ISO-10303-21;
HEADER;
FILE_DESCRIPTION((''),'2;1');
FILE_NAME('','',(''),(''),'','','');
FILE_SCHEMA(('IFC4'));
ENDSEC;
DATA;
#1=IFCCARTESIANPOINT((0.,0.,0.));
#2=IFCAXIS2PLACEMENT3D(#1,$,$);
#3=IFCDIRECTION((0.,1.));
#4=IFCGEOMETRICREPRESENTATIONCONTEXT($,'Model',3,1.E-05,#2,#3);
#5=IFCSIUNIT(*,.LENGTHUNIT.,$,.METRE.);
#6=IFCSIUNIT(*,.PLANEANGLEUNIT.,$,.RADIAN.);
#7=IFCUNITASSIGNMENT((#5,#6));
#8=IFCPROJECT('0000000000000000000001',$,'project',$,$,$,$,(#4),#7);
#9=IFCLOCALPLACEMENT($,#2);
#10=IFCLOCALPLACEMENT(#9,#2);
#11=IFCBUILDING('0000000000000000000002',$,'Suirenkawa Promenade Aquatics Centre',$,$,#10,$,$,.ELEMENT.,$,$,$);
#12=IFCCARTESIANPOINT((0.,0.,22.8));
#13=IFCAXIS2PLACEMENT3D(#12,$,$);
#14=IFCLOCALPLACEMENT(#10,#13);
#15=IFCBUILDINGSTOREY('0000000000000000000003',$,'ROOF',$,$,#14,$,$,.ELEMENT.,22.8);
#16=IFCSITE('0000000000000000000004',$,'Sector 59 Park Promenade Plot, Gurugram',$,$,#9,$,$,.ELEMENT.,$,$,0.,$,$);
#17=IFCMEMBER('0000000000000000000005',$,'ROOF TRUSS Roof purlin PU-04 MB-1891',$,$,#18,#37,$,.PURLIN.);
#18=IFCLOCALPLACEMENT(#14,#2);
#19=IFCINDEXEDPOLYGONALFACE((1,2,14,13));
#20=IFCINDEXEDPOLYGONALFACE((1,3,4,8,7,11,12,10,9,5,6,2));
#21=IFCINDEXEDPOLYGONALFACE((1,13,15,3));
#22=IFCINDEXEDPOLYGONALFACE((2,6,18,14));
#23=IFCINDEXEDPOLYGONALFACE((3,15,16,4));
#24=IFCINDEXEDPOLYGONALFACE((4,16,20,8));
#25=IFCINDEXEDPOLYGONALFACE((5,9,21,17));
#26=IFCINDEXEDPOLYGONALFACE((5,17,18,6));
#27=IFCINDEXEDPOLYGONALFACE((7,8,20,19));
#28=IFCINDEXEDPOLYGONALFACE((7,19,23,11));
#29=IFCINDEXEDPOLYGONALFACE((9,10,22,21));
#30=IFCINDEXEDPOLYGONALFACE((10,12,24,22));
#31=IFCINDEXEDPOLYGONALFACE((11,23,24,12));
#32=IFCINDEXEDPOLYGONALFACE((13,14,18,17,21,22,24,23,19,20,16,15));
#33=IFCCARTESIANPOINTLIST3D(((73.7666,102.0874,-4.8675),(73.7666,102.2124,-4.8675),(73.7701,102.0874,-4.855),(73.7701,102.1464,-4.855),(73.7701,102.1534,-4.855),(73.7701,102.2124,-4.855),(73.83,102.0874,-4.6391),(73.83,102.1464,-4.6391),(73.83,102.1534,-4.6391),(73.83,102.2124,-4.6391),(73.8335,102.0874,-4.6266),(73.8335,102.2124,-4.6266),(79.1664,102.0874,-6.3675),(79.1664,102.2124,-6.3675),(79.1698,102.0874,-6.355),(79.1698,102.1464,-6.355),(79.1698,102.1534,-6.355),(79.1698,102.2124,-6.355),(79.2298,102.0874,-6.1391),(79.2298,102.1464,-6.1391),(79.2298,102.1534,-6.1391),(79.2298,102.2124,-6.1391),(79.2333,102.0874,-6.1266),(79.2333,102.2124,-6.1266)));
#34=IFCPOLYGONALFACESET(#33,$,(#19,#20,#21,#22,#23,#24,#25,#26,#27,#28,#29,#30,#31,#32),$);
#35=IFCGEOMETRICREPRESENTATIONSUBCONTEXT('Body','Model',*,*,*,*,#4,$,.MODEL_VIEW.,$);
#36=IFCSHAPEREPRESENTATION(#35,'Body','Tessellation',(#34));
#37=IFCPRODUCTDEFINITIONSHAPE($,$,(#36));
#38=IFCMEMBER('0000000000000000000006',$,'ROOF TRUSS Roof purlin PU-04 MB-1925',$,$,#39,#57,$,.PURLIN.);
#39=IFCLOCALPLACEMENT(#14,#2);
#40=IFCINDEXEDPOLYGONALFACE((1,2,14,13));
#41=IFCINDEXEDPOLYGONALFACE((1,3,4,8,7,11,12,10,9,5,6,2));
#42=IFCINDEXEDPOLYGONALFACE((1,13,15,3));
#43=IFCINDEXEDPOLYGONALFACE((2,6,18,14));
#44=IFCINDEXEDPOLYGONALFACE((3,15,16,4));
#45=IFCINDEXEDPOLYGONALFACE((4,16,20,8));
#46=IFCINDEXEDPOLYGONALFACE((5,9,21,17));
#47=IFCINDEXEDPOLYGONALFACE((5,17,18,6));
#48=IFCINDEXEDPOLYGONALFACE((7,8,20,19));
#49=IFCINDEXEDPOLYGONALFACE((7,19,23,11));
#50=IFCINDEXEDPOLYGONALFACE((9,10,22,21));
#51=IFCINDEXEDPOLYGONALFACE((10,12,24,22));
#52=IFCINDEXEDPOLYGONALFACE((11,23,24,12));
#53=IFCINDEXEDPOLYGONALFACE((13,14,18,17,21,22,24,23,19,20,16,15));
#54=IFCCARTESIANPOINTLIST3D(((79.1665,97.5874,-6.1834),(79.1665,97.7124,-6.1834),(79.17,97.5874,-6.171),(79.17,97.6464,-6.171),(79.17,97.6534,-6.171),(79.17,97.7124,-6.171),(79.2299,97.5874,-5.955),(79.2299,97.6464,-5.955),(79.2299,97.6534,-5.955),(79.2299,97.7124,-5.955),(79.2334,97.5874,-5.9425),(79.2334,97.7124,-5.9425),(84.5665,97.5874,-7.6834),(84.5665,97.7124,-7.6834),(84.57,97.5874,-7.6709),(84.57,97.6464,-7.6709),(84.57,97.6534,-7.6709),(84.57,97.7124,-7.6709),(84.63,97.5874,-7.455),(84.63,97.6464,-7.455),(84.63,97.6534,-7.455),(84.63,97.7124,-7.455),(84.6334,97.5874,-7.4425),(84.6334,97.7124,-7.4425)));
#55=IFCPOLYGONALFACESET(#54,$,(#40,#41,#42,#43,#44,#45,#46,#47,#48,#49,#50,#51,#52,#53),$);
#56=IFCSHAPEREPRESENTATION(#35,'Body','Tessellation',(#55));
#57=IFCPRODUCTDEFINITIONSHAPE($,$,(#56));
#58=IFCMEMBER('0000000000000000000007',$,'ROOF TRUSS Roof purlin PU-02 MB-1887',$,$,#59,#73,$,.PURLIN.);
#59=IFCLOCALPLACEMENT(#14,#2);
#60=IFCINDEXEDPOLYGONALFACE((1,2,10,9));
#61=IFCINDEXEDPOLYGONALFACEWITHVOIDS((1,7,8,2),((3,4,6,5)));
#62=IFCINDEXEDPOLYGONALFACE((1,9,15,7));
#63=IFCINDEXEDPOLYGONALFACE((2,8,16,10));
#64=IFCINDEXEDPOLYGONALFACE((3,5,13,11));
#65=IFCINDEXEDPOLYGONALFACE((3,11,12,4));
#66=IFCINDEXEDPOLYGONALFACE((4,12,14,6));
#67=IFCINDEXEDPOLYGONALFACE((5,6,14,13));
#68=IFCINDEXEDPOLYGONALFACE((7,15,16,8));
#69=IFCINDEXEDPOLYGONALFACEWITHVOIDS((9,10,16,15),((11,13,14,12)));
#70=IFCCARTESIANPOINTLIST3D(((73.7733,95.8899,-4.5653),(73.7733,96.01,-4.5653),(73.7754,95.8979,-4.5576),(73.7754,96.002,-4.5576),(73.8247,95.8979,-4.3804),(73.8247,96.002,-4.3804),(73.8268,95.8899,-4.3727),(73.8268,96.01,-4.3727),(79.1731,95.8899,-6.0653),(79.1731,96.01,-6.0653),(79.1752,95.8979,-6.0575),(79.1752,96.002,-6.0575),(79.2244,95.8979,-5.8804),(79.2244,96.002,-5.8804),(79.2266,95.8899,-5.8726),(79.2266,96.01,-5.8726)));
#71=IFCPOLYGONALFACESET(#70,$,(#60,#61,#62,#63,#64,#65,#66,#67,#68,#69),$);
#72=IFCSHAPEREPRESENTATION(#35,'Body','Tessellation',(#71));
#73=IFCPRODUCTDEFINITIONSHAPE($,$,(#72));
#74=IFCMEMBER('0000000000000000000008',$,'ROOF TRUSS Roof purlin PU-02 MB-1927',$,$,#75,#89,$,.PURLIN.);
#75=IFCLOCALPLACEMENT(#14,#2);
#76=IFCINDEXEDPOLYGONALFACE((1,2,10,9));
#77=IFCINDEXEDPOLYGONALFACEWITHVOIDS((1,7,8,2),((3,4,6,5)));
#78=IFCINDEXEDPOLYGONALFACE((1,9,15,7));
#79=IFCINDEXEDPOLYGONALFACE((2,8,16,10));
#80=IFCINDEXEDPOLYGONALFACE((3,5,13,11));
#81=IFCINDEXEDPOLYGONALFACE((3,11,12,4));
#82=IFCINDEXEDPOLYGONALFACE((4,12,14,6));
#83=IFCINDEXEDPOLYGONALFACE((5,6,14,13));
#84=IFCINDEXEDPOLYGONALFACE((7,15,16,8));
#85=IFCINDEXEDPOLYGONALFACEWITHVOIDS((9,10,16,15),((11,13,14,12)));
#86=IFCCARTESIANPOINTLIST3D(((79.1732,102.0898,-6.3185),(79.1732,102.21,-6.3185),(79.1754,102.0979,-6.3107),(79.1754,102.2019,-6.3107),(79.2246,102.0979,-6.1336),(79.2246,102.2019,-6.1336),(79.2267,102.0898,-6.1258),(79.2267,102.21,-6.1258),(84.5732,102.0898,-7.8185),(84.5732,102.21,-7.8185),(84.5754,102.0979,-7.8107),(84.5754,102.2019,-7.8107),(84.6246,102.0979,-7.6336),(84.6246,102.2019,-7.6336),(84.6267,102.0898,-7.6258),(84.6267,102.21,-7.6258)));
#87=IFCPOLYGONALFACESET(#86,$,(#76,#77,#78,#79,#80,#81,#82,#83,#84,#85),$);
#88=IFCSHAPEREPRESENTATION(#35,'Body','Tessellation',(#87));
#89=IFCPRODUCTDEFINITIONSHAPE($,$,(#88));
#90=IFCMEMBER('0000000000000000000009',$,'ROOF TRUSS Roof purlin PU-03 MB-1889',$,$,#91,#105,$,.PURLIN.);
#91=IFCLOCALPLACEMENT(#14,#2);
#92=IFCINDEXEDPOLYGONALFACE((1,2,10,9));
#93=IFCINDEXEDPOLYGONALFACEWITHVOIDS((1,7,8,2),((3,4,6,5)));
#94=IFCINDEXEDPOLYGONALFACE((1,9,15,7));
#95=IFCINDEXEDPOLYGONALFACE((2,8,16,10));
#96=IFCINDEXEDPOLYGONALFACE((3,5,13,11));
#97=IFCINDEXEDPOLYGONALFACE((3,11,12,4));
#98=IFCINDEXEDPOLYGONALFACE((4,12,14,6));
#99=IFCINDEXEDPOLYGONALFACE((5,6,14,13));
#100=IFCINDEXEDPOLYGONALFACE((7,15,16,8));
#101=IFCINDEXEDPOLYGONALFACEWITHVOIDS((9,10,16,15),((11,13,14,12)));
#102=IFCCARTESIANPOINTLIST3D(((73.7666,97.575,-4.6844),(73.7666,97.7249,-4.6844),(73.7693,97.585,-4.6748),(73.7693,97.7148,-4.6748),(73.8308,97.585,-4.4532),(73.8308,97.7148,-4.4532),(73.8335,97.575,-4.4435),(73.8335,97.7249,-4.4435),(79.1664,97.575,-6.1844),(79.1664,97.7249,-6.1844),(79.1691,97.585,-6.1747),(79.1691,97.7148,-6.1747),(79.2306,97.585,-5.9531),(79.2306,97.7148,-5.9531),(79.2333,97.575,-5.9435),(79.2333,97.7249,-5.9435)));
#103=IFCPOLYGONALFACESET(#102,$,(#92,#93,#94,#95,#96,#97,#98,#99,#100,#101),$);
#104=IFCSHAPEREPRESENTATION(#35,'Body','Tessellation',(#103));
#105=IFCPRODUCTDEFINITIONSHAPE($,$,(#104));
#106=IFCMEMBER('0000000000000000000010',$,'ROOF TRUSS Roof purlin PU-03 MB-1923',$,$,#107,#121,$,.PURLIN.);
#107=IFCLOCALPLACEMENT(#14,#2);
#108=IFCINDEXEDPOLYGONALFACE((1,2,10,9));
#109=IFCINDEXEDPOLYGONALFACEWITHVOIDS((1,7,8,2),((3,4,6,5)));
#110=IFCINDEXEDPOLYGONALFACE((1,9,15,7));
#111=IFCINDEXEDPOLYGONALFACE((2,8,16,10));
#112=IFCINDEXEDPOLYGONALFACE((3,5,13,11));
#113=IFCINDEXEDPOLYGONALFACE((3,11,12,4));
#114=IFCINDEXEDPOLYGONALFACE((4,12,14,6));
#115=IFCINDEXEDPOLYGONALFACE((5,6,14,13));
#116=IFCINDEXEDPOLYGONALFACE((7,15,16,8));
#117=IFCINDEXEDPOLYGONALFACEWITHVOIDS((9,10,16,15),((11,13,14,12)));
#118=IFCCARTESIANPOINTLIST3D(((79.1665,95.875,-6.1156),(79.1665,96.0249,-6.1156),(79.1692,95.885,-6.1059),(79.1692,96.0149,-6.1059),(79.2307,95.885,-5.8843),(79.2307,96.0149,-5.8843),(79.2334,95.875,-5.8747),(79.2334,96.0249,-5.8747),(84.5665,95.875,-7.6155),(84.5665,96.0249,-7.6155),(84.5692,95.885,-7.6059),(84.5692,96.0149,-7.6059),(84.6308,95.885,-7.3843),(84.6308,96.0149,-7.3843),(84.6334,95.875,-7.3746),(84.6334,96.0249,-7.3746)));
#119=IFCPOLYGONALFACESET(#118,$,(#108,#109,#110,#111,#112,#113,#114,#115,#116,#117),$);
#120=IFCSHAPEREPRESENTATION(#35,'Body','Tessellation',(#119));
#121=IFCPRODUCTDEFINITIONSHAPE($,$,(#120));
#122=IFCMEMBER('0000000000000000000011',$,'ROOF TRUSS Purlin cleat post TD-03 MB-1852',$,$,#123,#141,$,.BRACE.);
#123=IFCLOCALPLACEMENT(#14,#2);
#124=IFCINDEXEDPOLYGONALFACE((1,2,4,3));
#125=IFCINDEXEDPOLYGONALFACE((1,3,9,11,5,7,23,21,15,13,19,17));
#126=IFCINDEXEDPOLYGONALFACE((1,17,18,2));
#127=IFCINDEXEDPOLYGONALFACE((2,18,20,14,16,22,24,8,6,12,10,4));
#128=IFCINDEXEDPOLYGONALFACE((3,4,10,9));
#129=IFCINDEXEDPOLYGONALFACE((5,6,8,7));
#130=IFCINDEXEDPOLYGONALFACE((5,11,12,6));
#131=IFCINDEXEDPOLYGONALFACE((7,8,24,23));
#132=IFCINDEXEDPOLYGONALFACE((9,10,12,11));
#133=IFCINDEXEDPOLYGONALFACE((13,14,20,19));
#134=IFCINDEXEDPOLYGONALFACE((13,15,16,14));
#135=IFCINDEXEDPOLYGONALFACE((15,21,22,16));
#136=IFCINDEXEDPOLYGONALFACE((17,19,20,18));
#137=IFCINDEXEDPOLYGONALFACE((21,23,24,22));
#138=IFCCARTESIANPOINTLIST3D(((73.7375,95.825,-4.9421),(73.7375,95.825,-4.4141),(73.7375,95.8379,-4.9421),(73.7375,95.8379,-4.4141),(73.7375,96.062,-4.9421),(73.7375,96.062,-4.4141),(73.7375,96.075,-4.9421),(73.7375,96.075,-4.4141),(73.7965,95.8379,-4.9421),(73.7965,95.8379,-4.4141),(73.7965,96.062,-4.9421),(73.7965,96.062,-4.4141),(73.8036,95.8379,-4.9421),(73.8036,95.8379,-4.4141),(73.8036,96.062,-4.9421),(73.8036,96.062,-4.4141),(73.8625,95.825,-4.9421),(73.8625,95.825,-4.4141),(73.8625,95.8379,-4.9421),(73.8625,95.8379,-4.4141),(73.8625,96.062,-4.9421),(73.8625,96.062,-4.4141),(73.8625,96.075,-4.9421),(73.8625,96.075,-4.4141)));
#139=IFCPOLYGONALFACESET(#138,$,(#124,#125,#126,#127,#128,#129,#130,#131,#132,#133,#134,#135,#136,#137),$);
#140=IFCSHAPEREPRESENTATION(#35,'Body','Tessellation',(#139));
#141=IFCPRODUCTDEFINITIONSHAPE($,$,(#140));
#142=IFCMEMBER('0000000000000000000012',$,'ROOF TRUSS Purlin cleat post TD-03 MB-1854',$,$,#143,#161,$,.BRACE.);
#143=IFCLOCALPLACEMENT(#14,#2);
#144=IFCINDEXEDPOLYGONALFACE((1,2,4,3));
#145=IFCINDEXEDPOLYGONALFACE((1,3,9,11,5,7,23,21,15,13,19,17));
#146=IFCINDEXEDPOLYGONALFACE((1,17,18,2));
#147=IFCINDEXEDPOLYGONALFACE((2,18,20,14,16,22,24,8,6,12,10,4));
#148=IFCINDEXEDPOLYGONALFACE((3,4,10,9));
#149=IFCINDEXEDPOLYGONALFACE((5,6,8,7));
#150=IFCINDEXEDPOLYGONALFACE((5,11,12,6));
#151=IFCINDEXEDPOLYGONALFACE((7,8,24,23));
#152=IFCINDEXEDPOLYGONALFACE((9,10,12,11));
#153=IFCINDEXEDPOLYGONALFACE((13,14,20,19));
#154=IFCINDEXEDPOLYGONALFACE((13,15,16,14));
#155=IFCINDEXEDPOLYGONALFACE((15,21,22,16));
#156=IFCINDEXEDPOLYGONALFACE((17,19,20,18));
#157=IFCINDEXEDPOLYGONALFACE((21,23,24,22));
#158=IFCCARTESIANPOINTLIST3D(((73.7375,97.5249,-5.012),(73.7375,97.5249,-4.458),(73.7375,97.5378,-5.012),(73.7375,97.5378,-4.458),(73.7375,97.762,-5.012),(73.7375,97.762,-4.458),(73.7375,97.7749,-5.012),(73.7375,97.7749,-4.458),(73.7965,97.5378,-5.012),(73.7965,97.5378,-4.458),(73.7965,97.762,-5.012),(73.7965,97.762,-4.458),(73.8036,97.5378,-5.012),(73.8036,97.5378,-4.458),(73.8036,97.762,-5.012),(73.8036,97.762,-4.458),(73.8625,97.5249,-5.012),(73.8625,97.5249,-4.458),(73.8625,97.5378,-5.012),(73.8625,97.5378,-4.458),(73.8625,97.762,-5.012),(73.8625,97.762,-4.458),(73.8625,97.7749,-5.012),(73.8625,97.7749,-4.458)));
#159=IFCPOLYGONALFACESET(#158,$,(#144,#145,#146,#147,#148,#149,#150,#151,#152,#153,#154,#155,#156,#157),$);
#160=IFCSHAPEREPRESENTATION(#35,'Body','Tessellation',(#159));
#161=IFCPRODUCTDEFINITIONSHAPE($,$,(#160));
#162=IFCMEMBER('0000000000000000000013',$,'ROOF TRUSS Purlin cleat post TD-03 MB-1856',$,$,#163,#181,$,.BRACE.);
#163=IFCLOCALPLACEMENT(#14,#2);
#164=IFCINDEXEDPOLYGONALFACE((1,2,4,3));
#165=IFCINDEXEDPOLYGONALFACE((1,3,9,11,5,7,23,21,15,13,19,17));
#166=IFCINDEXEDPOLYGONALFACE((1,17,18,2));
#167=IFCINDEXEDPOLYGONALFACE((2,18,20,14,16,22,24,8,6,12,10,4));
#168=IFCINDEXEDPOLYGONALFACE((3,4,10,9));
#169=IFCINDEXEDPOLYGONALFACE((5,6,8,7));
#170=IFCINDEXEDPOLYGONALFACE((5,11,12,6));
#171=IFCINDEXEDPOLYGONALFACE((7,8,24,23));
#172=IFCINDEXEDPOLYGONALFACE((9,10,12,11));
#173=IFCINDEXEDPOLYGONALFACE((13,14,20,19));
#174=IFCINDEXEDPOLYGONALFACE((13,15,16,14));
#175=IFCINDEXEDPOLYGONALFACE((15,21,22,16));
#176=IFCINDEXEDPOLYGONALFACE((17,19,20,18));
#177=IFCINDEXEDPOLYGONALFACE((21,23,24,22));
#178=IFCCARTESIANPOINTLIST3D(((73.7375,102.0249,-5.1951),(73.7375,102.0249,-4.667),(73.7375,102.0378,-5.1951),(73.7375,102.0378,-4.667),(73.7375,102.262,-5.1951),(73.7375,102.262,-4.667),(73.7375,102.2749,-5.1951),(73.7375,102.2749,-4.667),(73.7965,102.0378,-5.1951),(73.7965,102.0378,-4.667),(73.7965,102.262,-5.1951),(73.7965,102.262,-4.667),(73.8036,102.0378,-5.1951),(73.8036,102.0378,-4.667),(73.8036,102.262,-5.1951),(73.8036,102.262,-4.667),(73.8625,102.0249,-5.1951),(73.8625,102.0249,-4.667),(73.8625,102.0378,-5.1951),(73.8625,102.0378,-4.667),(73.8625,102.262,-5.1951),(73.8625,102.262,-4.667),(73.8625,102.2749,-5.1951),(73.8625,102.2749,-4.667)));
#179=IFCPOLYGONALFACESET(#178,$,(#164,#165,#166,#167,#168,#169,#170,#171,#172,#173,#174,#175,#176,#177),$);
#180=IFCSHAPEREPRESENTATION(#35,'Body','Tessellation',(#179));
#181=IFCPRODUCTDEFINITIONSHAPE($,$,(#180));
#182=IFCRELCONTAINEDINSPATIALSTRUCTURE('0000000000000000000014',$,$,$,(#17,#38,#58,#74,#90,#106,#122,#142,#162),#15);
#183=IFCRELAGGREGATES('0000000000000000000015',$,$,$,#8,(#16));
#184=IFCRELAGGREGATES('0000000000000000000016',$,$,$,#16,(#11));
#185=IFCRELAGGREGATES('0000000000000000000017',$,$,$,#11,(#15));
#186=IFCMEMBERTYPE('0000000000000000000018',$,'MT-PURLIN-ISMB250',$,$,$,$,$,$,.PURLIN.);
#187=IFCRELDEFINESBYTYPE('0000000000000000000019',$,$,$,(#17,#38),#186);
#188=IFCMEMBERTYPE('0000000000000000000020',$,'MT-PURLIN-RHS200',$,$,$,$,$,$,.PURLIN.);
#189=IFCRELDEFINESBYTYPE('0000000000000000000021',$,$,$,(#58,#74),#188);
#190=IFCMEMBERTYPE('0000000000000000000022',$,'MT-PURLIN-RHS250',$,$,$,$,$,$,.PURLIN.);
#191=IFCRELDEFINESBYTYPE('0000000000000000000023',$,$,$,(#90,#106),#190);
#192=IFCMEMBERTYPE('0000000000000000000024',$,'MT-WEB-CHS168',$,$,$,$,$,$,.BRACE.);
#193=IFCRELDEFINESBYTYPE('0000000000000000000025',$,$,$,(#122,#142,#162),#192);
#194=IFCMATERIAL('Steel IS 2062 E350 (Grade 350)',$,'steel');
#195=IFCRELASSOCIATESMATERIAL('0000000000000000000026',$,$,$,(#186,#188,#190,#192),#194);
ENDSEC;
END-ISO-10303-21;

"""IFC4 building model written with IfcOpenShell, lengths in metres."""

from ifc_helpers import new_model, si_unit, direction, frame, origin, origin_2d, place, context, subcontext, project, spatial, hollow_rectangle, i_section, extrude, material, material_profile, profile_set, type_object, element, save


model = new_model("IFC4")

# Units and contexts
model_context = context("Model", 3, precision=1e-05, world=origin(), true_north=direction((0.0, 1.0)))
body_context = subcontext(model_context, "Body", "Model", "MODEL_VIEW")
ifc_project = project(units=[si_unit("LENGTHUNIT", "METRE"), si_unit("PLANEANGLEUNIT", "RADIAN")], contexts=[model_context])

# Site, building, storey
site_placement = place(None, origin())
site = spatial("IfcSite", under=ifc_project, at=site_placement, Name="Sector 59 Park Promenade Plot, Gurugram", CompositionType="ELEMENT", RefElevation=0.0)
building_placement = place(site_placement, origin())
building = spatial("IfcBuilding", under=site, at=building_placement, Name="Suirenkawa Promenade Aquatics Centre", CompositionType="ELEMENT")
storey_placement = place(building_placement, frame((0.0, 0.0, 22.8)))
storey = spatial("IfcBuildingStorey", under=building, at=storey_placement, Name="ROOF", CompositionType="ELEMENT", Elevation=22.8)

# Shared definitions
ifc_material_1 = material(Name="Steel IS 2062 E350 (Grade 350)", Category="steel")

# Members
ifc_material_profile_1 = material_profile(ifc_material_1, i_section(OverallWidth=0.125, OverallDepth=0.25, WebThickness=0.0071, FlangeThickness=0.0129, at=origin_2d()), Name="ISMB 250", Category="steel")
ifc_profile_set_1 = profile_set([ifc_material_profile_1], Name="Steel IS 2062 E350 (Grade 350)")
member_type_1 = type_object("IfcMemberType", Name="MT-PURLIN-ISMB250", PredefinedType="PURLIN", material=ifc_profile_set_1)
member_1_placement = place(storey_placement, frame((73.8, 102.1499, -4.7471), z_axis=(0.963517, 0.0, -0.267648), x_axis=(0.0, 1.0, 0.0)))
element("IfcMember", 1, at=member_1_placement, inside=storey, type_object=member_type_1, Name="ROOF TRUSS Roof purlin PU-04 MB-1891", PredefinedType="PURLIN", context=body_context, shape_type="SweptSolid", body=[
    extrude(i_section(OverallWidth=0.125, OverallDepth=0.25, WebThickness=0.0071, FlangeThickness=0.0129, at=origin_2d()), origin(), (0.0, 0.0, 1.0), 5.6042),
])
member_2_placement = place(storey_placement, frame((79.2, 97.6499, -6.063), z_axis=(0.96352, 0.0, -0.267637), x_axis=(0.0, 1.0, 0.0)))
element("IfcMember", 2, at=member_2_placement, inside=storey, type_object=member_type_1, Name="ROOF TRUSS Roof purlin PU-04 MB-1925", PredefinedType="PURLIN", context=body_context, shape_type="SweptSolid", body=[
    extrude(i_section(OverallWidth=0.125, OverallDepth=0.25, WebThickness=0.0071, FlangeThickness=0.0129, at=origin_2d()), origin(), (0.0, 0.0, 1.0), 5.6045),
])
ifc_material_profile_2 = material_profile(ifc_material_1, hollow_rectangle(XDim=0.1201, YDim=0.2, WallThickness=0.0081, at=origin_2d()), Name="RHS 200x120x8", Category="steel")
ifc_profile_set_2 = profile_set([ifc_material_profile_2], Name="Steel IS 2062 E350 (Grade 350)")
member_type_2 = type_object("IfcMemberType", Name="MT-PURLIN-RHS200", PredefinedType="PURLIN", material=ifc_profile_set_2)
member_3_placement = place(storey_placement, frame((73.8, 95.95, -4.469), z_axis=(0.963517, 0.0, -0.267648), x_axis=(0.0, 1.0, 0.0)))
element("IfcMember", 3, at=member_3_placement, inside=storey, type_object=member_type_2, Name="ROOF TRUSS Roof purlin PU-02 MB-1887", PredefinedType="PURLIN", context=body_context, shape_type="SweptSolid", body=[
    extrude(hollow_rectangle(XDim=0.1201, YDim=0.2, WallThickness=0.0081, at=origin_2d()), origin(), (0.0, 0.0, 1.0), 5.6042),
])
member_4_placement = place(storey_placement, frame((79.2, 102.1499, -6.2222), z_axis=(0.96352, 0.0, -0.267637), x_axis=(0.0, 1.0, 0.0)))
element("IfcMember", 4, at=member_4_placement, inside=storey, type_object=member_type_2, Name="ROOF TRUSS Roof purlin PU-02 MB-1927", PredefinedType="PURLIN", context=body_context, shape_type="SweptSolid", body=[
    extrude(hollow_rectangle(XDim=0.1201, YDim=0.2, WallThickness=0.0081, at=origin_2d()), origin(), (0.0, 0.0, 1.0), 5.6045),
])
ifc_material_profile_3 = material_profile(ifc_material_1, hollow_rectangle(XDim=0.1499, YDim=0.25, WallThickness=0.01, at=origin_2d()), Name="RHS 250x150x10", Category="steel")
ifc_profile_set_3 = profile_set([ifc_material_profile_3], Name="Steel IS 2062 E350 (Grade 350)")
member_type_3 = type_object("IfcMemberType", Name="MT-PURLIN-RHS250", PredefinedType="PURLIN", material=ifc_profile_set_3)
member_5_placement = place(storey_placement, frame((73.8, 97.6499, -4.564), z_axis=(0.963517, 0.0, -0.267648), x_axis=(0.0, 1.0, 0.0)))
element("IfcMember", 5, at=member_5_placement, inside=storey, type_object=member_type_3, Name="ROOF TRUSS Roof purlin PU-03 MB-1889", PredefinedType="PURLIN", context=body_context, shape_type="SweptSolid", body=[
    extrude(hollow_rectangle(XDim=0.1499, YDim=0.25, WallThickness=0.01, at=origin_2d()), origin(), (0.0, 0.0, 1.0), 5.6042),
])
member_6_placement = place(storey_placement, frame((79.2, 95.95, -5.9951), z_axis=(0.96352, 0.0, -0.267637), x_axis=(0.0, 1.0, 0.0)))
element("IfcMember", 6, at=member_6_placement, inside=storey, type_object=member_type_3, Name="ROOF TRUSS Roof purlin PU-03 MB-1923", PredefinedType="PURLIN", context=body_context, shape_type="SweptSolid", body=[
    extrude(hollow_rectangle(XDim=0.1499, YDim=0.25, WallThickness=0.01, at=origin_2d()), origin(), (0.0, 0.0, 1.0), 5.6045),
])
ifc_material_profile_4 = material_profile(ifc_material_1, i_section(OverallWidth=0.125, OverallDepth=0.25, WebThickness=0.0071, FlangeThickness=0.0129, at=origin_2d()), Name="ISMB 250", Category="steel")
ifc_profile_set_4 = profile_set([ifc_material_profile_4], Name="Steel IS 2062 E350 (Grade 350)")
member_type_4 = type_object("IfcMemberType", Name="MT-WEB-CHS168", PredefinedType="BRACE", material=ifc_profile_set_4)
member_7_placement = place(storey_placement, frame((73.8, 95.95, -4.9421), z_axis=(0.0, 0.0, 1.0), x_axis=(1.0, 0.0, 0.0)))
element("IfcMember", 7, at=member_7_placement, inside=storey, type_object=member_type_4, Name="ROOF TRUSS Purlin cleat post TD-03 MB-1852", PredefinedType="BRACE", context=body_context, shape_type="SweptSolid", body=[
    extrude(i_section(OverallWidth=0.125, OverallDepth=0.25, WebThickness=0.0071, FlangeThickness=0.0129, at=origin_2d()), origin(), (0.0, 0.0, 1.0), 0.5281),
])
member_8_placement = place(storey_placement, frame((73.8, 97.6499, -5.012), z_axis=(0.0, 0.0, 1.0), x_axis=(1.0, 0.0, 0.0)))
element("IfcMember", 8, at=member_8_placement, inside=storey, type_object=member_type_4, Name="ROOF TRUSS Purlin cleat post TD-03 MB-1854", PredefinedType="BRACE", context=body_context, shape_type="SweptSolid", body=[
    extrude(i_section(OverallWidth=0.125, OverallDepth=0.25, WebThickness=0.0071, FlangeThickness=0.0129, at=origin_2d()), origin(), (0.0, 0.0, 1.0), 0.554),
])
member_9_placement = place(storey_placement, frame((73.8, 102.1499, -5.1951), z_axis=(0.0, 0.0, 1.0), x_axis=(1.0, 0.0, 0.0)))
element("IfcMember", 9, at=member_9_placement, inside=storey, type_object=member_type_4, Name="ROOF TRUSS Purlin cleat post TD-03 MB-1856", PredefinedType="BRACE", context=body_context, shape_type="SweptSolid", body=[
    extrude(i_section(OverallWidth=0.125, OverallDepth=0.25, WebThickness=0.0071, FlangeThickness=0.0129, at=origin_2d()), origin(), (0.0, 0.0, 1.0), 0.5281),
])

save(model, "model.ifc")
